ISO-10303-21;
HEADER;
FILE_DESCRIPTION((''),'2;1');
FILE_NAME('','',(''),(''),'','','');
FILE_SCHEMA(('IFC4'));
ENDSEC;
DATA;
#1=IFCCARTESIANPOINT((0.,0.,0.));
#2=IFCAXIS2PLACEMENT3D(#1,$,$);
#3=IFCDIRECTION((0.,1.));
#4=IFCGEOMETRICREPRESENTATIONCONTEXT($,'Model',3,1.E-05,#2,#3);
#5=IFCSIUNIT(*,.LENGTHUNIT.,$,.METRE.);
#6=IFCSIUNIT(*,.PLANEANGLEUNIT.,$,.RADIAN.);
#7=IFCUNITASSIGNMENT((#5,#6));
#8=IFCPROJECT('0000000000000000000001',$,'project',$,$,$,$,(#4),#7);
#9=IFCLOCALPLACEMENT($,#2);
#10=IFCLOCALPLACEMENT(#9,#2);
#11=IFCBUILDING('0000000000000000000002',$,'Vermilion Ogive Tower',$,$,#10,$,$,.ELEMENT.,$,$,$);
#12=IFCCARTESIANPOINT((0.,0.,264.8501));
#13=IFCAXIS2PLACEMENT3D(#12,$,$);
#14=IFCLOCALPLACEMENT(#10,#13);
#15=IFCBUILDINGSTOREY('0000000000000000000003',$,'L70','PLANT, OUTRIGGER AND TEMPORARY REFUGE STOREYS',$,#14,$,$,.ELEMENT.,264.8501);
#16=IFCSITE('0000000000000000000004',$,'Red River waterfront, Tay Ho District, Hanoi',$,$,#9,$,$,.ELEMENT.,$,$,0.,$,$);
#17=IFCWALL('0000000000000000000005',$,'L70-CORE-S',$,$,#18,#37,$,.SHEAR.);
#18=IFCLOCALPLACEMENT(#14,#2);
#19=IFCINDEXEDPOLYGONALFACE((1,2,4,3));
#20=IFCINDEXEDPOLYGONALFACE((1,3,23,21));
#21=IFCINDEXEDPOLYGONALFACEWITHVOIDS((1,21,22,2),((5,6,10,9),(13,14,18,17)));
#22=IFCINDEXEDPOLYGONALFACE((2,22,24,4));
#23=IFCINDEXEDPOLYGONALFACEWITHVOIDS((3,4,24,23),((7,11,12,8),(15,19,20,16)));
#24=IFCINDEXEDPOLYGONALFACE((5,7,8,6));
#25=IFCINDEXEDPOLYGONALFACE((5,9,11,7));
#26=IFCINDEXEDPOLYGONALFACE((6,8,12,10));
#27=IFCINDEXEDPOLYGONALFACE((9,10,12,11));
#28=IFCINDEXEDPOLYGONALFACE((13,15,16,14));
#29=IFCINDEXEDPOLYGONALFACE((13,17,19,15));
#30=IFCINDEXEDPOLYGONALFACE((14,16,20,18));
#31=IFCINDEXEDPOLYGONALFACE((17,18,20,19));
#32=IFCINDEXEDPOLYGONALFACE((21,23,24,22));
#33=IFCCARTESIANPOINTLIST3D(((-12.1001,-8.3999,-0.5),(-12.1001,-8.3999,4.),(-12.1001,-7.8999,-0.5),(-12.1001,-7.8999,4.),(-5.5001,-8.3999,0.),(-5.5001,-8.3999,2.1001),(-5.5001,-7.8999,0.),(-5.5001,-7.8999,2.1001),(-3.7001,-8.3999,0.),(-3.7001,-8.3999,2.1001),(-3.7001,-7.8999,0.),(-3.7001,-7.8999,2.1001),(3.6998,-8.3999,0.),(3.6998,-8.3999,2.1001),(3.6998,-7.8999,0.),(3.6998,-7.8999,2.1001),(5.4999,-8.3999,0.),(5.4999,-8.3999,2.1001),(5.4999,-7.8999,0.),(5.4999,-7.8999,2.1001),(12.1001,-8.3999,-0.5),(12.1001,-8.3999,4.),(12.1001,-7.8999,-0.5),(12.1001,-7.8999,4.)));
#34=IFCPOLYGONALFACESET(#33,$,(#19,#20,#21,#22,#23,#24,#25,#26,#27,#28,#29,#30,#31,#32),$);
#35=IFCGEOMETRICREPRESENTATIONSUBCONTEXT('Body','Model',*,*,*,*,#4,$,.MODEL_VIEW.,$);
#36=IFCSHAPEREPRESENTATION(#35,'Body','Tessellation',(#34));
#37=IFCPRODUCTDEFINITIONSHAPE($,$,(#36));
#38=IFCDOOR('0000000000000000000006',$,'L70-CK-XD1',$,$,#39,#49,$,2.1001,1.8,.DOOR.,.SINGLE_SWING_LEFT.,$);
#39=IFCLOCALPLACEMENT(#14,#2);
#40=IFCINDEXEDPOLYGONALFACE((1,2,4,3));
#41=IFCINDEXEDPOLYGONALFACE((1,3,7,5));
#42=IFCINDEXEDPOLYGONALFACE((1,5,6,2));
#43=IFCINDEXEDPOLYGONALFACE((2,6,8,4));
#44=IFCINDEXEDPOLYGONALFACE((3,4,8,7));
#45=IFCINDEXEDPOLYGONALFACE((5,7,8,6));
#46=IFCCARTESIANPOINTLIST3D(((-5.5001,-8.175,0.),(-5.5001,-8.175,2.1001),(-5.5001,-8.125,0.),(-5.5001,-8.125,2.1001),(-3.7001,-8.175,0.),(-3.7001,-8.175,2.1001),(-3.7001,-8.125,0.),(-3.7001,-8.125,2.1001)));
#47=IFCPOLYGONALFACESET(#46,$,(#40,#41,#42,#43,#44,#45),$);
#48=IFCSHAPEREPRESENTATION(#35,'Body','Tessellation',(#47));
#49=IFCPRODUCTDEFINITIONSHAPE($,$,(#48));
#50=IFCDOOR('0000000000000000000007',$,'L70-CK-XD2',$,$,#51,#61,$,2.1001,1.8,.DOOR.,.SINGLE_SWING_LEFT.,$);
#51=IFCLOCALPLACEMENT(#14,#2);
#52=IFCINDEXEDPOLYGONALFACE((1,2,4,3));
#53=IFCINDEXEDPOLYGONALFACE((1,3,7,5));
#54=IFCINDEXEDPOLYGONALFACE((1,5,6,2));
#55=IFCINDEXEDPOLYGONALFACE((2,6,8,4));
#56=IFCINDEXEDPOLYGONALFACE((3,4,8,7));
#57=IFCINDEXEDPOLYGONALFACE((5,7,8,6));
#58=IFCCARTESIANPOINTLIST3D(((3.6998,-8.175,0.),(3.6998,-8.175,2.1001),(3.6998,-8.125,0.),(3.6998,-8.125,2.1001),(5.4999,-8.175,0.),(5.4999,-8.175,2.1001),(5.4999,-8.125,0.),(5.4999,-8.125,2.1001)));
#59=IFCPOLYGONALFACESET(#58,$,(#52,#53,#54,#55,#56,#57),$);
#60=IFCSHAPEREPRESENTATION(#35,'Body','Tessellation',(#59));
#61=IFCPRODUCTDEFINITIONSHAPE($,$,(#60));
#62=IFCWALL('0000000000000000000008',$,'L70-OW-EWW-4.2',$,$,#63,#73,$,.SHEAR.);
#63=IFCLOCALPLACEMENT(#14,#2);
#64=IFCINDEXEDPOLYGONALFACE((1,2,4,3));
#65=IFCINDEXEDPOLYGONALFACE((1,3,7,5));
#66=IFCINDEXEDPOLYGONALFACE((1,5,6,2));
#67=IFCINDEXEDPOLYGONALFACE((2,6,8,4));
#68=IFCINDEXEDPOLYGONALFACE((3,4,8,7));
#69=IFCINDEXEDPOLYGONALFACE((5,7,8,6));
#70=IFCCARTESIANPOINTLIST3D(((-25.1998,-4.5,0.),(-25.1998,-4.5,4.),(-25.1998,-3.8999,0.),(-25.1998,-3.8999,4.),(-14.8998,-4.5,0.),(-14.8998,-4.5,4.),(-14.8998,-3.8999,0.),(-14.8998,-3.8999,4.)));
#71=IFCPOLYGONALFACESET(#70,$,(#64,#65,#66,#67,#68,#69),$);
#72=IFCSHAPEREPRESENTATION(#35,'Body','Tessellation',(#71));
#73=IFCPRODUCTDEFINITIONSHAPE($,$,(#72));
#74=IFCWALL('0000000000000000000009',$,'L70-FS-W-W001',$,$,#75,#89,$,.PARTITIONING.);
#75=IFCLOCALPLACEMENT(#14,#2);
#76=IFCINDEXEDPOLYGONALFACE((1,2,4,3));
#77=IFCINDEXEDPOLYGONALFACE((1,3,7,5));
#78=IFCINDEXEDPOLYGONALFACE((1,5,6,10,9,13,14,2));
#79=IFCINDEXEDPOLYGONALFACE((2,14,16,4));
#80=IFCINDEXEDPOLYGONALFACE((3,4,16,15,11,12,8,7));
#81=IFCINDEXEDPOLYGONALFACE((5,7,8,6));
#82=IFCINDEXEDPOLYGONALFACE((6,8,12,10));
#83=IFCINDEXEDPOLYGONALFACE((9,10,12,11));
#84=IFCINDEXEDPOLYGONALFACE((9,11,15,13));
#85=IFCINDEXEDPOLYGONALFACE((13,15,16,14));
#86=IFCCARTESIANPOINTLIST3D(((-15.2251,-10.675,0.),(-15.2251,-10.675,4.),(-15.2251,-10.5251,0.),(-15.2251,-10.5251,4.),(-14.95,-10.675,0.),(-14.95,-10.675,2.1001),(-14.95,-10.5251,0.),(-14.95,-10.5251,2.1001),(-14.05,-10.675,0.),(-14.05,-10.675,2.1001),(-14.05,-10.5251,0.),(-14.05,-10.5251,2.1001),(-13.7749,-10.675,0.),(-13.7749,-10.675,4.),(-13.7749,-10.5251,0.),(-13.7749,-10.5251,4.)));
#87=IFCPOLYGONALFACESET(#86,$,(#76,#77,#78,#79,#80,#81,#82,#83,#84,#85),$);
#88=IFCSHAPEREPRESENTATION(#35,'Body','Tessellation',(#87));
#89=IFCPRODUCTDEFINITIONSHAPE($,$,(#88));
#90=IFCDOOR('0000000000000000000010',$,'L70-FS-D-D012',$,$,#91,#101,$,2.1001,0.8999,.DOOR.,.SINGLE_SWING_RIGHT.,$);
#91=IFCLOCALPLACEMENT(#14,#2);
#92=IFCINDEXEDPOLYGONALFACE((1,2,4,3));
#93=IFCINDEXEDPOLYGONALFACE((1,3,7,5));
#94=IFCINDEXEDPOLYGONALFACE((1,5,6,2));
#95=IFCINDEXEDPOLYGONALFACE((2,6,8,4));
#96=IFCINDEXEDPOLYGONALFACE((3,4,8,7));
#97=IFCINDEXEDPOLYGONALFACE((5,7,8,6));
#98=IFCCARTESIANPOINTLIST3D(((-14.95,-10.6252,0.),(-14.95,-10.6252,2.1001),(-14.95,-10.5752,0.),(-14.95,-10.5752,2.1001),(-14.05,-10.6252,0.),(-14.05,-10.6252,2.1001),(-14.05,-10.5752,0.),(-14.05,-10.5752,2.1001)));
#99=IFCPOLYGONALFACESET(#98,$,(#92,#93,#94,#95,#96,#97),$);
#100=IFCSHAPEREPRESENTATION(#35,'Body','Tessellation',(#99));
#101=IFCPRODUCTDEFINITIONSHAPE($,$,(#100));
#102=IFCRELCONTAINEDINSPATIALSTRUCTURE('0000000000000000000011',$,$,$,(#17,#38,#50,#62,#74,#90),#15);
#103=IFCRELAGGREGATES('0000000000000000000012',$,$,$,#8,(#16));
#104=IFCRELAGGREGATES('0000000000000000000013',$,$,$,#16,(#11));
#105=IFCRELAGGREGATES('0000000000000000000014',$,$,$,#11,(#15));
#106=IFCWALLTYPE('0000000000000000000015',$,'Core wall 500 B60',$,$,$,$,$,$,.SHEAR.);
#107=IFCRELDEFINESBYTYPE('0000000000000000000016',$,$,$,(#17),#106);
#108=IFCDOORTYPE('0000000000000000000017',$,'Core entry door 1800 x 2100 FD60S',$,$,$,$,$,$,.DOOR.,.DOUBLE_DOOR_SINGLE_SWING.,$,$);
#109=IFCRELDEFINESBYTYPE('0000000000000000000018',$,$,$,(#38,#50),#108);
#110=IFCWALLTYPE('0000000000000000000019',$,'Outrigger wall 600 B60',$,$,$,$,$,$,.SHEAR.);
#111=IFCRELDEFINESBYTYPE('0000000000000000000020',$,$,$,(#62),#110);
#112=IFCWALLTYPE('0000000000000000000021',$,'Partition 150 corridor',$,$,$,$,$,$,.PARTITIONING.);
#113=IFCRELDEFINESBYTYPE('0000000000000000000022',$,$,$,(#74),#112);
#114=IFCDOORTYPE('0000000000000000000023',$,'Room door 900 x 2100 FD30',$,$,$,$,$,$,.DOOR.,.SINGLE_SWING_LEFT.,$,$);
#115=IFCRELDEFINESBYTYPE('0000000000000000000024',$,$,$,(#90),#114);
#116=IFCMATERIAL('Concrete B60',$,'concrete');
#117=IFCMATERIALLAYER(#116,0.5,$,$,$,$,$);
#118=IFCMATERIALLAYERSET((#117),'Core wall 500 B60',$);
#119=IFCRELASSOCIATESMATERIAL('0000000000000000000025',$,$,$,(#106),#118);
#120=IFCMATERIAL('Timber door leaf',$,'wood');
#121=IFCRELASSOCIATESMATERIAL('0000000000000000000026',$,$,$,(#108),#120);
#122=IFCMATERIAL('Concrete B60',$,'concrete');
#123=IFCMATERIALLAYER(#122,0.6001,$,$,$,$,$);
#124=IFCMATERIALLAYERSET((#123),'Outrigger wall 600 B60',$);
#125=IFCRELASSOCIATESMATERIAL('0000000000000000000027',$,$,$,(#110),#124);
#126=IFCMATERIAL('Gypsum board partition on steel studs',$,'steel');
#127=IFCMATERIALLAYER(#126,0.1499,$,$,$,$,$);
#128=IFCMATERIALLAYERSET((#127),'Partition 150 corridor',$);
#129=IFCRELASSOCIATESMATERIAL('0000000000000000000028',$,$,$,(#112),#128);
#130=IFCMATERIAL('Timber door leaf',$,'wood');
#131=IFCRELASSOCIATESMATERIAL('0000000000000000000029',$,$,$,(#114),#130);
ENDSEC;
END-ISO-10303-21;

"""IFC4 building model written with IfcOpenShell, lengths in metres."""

from ifc_helpers import new_model, si_unit, direction, frame, frame_2d, origin, place, context, subcontext, project, spatial, rectangle, extrude, material, layer, layer_set, type_object, element, fill, save


model = new_model("IFC4")

# Units and contexts
model_context = context("Model", 3, precision=1e-05, world=origin(), true_north=direction((0.0, 1.0)))
body_context = subcontext(model_context, "Body", "Model", "MODEL_VIEW")
ifc_project = project(units=[si_unit("LENGTHUNIT", "METRE"), si_unit("PLANEANGLEUNIT", "RADIAN")], contexts=[model_context])

# Site, building, storey
site_placement = place(None, origin())
site = spatial("IfcSite", under=ifc_project, at=site_placement, Name="Red River waterfront, Tay Ho District, Hanoi", CompositionType="ELEMENT", RefElevation=0.0)
building_placement = place(site_placement, origin())
building = spatial("IfcBuilding", under=site, at=building_placement, Name="Vermilion Ogive Tower", CompositionType="ELEMENT")
storey_placement = place(building_placement, frame((0.0, 0.0, 264.8501)))
storey = spatial("IfcBuildingStorey", under=building, at=storey_placement, Name="L70", Description="PLANT, OUTRIGGER AND TEMPORARY REFUGE STOREYS", CompositionType="ELEMENT", Elevation=264.8501)

# Wall, openings, doors
ifc_material_1 = material(Name="Concrete B60", Category="concrete")
ifc_layer_1 = layer(ifc_material_1, 0.5)
ifc_layer_set_1 = layer_set([ifc_layer_1], Name="Core wall 500 B60")
wall_type_1 = type_object("IfcWallType", Name="Core wall 500 B60", PredefinedType="SHEAR", material=ifc_layer_set_1)
wall_1_placement = place(storey_placement, frame((-12.1001, -8.1499, -0.5), z_axis=(0.0, 0.0, 1.0), x_axis=(1.0, 0.0, 0.0)))
wall_1 = element("IfcWall", 1, at=wall_1_placement, inside=storey, type_object=wall_type_1, Name="L70-CORE-S", PredefinedType="SHEAR", context=body_context, shape_type="SweptSolid", body=[
    extrude(rectangle(XDim=24.2002, YDim=0.5, at=frame_2d((12.1001, 0.0))), origin(), (0.0, 0.0, 1.0), 4.5),
])
opening_1_placement = place(wall_1_placement, frame((6.6001, 0.0, 0.5)))
opening_1 = element("IfcOpeningElement", 2, at=opening_1_placement, cuts=wall_1, PredefinedType="OPENING", context=body_context, shape_type="SweptSolid", body=[
    extrude(rectangle(XDim=1.8, YDim=2.1001, at=frame_2d((0.8999, 1.05))), frame((0.0, 0.26, 0.0), z_axis=(0.0, -1.0, 0.0), x_axis=(1.0, 0.0, 0.0)), (0.0, 0.0, 1.0), 0.52),
])
opening_2_placement = place(wall_1_placement, frame((15.8, 0.0, 0.5)))
opening_2 = element("IfcOpeningElement", 3, at=opening_2_placement, cuts=wall_1, PredefinedType="OPENING", context=body_context, shape_type="SweptSolid", body=[
    extrude(rectangle(XDim=1.8, YDim=2.1001, at=frame_2d((0.8999, 1.05))), frame((0.0, 0.26, 0.0), z_axis=(0.0, -1.0, 0.0), x_axis=(1.0, 0.0, 0.0)), (0.0, 0.0, 1.0), 0.52),
])
ifc_material_2 = material(Name="Timber door leaf", Category="wood")
door_type_1 = type_object("IfcDoorType", Name="Core entry door 1800 x 2100 FD60S", OperationType="DOUBLE_DOOR_SINGLE_SWING", PredefinedType="DOOR", material=ifc_material_2)
door_1_placement = place(opening_1_placement, origin())
door_1 = element("IfcDoor", 4, at=door_1_placement, inside=storey, type_object=door_type_1, Name="L70-CK-XD1", OperationType="SINGLE_SWING_LEFT", OverallHeight=2.1001, OverallWidth=1.8, PredefinedType="DOOR", context=body_context, shape_type="SweptSolid", body=[
    extrude(rectangle(XDim=1.8, YDim=2.1001, at=frame_2d((0.8999, 1.05))), frame((0.0, 0.0249, 0.0), z_axis=(0.0, -1.0, 0.0), x_axis=(1.0, 0.0, 0.0)), (0.0, 0.0, 1.0), 0.05),
])
fill(opening_1, door_1)
door_2_placement = place(opening_2_placement, origin())
door_2 = element("IfcDoor", 5, at=door_2_placement, inside=storey, type_object=door_type_1, Name="L70-CK-XD2", OperationType="SINGLE_SWING_LEFT", OverallHeight=2.1001, OverallWidth=1.8, PredefinedType="DOOR", context=body_context, shape_type="SweptSolid", body=[
    extrude(rectangle(XDim=1.8, YDim=2.1001, at=frame_2d((0.8999, 1.05))), frame((0.0, 0.0249, 0.0), z_axis=(0.0, -1.0, 0.0), x_axis=(1.0, 0.0, 0.0)), (0.0, 0.0, 1.0), 0.05),
])
fill(opening_2, door_2)

# Wall
ifc_material_3 = material(Name="Concrete B60", Category="concrete")
ifc_layer_2 = layer(ifc_material_3, 0.6001)
ifc_layer_set_2 = layer_set([ifc_layer_2], Name="Outrigger wall 600 B60")
wall_type_2 = type_object("IfcWallType", Name="Outrigger wall 600 B60", PredefinedType="SHEAR", material=ifc_layer_set_2)
wall_2_placement = place(storey_placement, frame((-14.8999, -4.2, 0.0), z_axis=(0.0, 0.0, 1.0), x_axis=(-1.0, 0.0, 0.0)))
element("IfcWall", 6, at=wall_2_placement, inside=storey, type_object=wall_type_2, Name="L70-OW-EWW-4.2", PredefinedType="SHEAR", context=body_context, shape_type="SweptSolid", body=[
    extrude(rectangle(XDim=10.3, YDim=0.6001, at=frame_2d((5.1499, 0.0))), origin(), (0.0, 0.0, 1.0), 4.0),
])

# Wall, opening, door
ifc_material_4 = material(Name="Gypsum board partition on steel studs", Category="steel")
ifc_layer_3 = layer(ifc_material_4, 0.1499)
ifc_layer_set_3 = layer_set([ifc_layer_3], Name="Partition 150 corridor")
wall_type_3 = type_object("IfcWallType", Name="Partition 150 corridor", PredefinedType="PARTITIONING", material=ifc_layer_set_3)
wall_3_placement = place(storey_placement, frame((-15.2251, -10.6001, 0.0), z_axis=(0.0, 0.0, 1.0), x_axis=(1.0, 0.0, 0.0)))
wall_3 = element("IfcWall", 7, at=wall_3_placement, inside=storey, type_object=wall_type_3, Name="L70-FS-W-W001", PredefinedType="PARTITIONING", context=body_context, shape_type="SweptSolid", body=[
    extrude(rectangle(XDim=1.4502, YDim=0.1499, at=frame_2d((0.7251, 0.0))), origin(), (0.0, 0.0, 1.0), 4.0),
])
opening_3_placement = place(wall_3_placement, frame((0.2751, 0.0, 0.0)))
opening_3 = element("IfcOpeningElement", 8, at=opening_3_placement, cuts=wall_3, PredefinedType="OPENING", context=body_context, shape_type="SweptSolid", body=[
    extrude(rectangle(XDim=0.8999, YDim=2.1001, at=frame_2d((0.45, 1.05))), frame((0.0, 0.085, 0.0), z_axis=(0.0, -1.0, 0.0), x_axis=(1.0, 0.0, 0.0)), (0.0, 0.0, 1.0), 0.1699),
])
ifc_material_5 = material(Name="Timber door leaf", Category="wood")
door_type_2 = type_object("IfcDoorType", Name="Room door 900 x 2100 FD30", OperationType="SINGLE_SWING_LEFT", PredefinedType="DOOR", material=ifc_material_5)
door_3_placement = place(opening_3_placement, origin())
door_3 = element("IfcDoor", 9, at=door_3_placement, inside=storey, type_object=door_type_2, Name="L70-FS-D-D012", OperationType="SINGLE_SWING_RIGHT", OverallHeight=2.1001, OverallWidth=0.8999, PredefinedType="DOOR", context=body_context, shape_type="SweptSolid", body=[
    extrude(rectangle(XDim=0.8999, YDim=2.1001, at=frame_2d((0.45, 1.05))), frame((0.0, 0.0249, 0.0), z_axis=(0.0, -1.0, 0.0), x_axis=(1.0, 0.0, 0.0)), (0.0, 0.0, 1.0), 0.05),
])
fill(opening_3, door_3)

save(model, "model.ifc")
